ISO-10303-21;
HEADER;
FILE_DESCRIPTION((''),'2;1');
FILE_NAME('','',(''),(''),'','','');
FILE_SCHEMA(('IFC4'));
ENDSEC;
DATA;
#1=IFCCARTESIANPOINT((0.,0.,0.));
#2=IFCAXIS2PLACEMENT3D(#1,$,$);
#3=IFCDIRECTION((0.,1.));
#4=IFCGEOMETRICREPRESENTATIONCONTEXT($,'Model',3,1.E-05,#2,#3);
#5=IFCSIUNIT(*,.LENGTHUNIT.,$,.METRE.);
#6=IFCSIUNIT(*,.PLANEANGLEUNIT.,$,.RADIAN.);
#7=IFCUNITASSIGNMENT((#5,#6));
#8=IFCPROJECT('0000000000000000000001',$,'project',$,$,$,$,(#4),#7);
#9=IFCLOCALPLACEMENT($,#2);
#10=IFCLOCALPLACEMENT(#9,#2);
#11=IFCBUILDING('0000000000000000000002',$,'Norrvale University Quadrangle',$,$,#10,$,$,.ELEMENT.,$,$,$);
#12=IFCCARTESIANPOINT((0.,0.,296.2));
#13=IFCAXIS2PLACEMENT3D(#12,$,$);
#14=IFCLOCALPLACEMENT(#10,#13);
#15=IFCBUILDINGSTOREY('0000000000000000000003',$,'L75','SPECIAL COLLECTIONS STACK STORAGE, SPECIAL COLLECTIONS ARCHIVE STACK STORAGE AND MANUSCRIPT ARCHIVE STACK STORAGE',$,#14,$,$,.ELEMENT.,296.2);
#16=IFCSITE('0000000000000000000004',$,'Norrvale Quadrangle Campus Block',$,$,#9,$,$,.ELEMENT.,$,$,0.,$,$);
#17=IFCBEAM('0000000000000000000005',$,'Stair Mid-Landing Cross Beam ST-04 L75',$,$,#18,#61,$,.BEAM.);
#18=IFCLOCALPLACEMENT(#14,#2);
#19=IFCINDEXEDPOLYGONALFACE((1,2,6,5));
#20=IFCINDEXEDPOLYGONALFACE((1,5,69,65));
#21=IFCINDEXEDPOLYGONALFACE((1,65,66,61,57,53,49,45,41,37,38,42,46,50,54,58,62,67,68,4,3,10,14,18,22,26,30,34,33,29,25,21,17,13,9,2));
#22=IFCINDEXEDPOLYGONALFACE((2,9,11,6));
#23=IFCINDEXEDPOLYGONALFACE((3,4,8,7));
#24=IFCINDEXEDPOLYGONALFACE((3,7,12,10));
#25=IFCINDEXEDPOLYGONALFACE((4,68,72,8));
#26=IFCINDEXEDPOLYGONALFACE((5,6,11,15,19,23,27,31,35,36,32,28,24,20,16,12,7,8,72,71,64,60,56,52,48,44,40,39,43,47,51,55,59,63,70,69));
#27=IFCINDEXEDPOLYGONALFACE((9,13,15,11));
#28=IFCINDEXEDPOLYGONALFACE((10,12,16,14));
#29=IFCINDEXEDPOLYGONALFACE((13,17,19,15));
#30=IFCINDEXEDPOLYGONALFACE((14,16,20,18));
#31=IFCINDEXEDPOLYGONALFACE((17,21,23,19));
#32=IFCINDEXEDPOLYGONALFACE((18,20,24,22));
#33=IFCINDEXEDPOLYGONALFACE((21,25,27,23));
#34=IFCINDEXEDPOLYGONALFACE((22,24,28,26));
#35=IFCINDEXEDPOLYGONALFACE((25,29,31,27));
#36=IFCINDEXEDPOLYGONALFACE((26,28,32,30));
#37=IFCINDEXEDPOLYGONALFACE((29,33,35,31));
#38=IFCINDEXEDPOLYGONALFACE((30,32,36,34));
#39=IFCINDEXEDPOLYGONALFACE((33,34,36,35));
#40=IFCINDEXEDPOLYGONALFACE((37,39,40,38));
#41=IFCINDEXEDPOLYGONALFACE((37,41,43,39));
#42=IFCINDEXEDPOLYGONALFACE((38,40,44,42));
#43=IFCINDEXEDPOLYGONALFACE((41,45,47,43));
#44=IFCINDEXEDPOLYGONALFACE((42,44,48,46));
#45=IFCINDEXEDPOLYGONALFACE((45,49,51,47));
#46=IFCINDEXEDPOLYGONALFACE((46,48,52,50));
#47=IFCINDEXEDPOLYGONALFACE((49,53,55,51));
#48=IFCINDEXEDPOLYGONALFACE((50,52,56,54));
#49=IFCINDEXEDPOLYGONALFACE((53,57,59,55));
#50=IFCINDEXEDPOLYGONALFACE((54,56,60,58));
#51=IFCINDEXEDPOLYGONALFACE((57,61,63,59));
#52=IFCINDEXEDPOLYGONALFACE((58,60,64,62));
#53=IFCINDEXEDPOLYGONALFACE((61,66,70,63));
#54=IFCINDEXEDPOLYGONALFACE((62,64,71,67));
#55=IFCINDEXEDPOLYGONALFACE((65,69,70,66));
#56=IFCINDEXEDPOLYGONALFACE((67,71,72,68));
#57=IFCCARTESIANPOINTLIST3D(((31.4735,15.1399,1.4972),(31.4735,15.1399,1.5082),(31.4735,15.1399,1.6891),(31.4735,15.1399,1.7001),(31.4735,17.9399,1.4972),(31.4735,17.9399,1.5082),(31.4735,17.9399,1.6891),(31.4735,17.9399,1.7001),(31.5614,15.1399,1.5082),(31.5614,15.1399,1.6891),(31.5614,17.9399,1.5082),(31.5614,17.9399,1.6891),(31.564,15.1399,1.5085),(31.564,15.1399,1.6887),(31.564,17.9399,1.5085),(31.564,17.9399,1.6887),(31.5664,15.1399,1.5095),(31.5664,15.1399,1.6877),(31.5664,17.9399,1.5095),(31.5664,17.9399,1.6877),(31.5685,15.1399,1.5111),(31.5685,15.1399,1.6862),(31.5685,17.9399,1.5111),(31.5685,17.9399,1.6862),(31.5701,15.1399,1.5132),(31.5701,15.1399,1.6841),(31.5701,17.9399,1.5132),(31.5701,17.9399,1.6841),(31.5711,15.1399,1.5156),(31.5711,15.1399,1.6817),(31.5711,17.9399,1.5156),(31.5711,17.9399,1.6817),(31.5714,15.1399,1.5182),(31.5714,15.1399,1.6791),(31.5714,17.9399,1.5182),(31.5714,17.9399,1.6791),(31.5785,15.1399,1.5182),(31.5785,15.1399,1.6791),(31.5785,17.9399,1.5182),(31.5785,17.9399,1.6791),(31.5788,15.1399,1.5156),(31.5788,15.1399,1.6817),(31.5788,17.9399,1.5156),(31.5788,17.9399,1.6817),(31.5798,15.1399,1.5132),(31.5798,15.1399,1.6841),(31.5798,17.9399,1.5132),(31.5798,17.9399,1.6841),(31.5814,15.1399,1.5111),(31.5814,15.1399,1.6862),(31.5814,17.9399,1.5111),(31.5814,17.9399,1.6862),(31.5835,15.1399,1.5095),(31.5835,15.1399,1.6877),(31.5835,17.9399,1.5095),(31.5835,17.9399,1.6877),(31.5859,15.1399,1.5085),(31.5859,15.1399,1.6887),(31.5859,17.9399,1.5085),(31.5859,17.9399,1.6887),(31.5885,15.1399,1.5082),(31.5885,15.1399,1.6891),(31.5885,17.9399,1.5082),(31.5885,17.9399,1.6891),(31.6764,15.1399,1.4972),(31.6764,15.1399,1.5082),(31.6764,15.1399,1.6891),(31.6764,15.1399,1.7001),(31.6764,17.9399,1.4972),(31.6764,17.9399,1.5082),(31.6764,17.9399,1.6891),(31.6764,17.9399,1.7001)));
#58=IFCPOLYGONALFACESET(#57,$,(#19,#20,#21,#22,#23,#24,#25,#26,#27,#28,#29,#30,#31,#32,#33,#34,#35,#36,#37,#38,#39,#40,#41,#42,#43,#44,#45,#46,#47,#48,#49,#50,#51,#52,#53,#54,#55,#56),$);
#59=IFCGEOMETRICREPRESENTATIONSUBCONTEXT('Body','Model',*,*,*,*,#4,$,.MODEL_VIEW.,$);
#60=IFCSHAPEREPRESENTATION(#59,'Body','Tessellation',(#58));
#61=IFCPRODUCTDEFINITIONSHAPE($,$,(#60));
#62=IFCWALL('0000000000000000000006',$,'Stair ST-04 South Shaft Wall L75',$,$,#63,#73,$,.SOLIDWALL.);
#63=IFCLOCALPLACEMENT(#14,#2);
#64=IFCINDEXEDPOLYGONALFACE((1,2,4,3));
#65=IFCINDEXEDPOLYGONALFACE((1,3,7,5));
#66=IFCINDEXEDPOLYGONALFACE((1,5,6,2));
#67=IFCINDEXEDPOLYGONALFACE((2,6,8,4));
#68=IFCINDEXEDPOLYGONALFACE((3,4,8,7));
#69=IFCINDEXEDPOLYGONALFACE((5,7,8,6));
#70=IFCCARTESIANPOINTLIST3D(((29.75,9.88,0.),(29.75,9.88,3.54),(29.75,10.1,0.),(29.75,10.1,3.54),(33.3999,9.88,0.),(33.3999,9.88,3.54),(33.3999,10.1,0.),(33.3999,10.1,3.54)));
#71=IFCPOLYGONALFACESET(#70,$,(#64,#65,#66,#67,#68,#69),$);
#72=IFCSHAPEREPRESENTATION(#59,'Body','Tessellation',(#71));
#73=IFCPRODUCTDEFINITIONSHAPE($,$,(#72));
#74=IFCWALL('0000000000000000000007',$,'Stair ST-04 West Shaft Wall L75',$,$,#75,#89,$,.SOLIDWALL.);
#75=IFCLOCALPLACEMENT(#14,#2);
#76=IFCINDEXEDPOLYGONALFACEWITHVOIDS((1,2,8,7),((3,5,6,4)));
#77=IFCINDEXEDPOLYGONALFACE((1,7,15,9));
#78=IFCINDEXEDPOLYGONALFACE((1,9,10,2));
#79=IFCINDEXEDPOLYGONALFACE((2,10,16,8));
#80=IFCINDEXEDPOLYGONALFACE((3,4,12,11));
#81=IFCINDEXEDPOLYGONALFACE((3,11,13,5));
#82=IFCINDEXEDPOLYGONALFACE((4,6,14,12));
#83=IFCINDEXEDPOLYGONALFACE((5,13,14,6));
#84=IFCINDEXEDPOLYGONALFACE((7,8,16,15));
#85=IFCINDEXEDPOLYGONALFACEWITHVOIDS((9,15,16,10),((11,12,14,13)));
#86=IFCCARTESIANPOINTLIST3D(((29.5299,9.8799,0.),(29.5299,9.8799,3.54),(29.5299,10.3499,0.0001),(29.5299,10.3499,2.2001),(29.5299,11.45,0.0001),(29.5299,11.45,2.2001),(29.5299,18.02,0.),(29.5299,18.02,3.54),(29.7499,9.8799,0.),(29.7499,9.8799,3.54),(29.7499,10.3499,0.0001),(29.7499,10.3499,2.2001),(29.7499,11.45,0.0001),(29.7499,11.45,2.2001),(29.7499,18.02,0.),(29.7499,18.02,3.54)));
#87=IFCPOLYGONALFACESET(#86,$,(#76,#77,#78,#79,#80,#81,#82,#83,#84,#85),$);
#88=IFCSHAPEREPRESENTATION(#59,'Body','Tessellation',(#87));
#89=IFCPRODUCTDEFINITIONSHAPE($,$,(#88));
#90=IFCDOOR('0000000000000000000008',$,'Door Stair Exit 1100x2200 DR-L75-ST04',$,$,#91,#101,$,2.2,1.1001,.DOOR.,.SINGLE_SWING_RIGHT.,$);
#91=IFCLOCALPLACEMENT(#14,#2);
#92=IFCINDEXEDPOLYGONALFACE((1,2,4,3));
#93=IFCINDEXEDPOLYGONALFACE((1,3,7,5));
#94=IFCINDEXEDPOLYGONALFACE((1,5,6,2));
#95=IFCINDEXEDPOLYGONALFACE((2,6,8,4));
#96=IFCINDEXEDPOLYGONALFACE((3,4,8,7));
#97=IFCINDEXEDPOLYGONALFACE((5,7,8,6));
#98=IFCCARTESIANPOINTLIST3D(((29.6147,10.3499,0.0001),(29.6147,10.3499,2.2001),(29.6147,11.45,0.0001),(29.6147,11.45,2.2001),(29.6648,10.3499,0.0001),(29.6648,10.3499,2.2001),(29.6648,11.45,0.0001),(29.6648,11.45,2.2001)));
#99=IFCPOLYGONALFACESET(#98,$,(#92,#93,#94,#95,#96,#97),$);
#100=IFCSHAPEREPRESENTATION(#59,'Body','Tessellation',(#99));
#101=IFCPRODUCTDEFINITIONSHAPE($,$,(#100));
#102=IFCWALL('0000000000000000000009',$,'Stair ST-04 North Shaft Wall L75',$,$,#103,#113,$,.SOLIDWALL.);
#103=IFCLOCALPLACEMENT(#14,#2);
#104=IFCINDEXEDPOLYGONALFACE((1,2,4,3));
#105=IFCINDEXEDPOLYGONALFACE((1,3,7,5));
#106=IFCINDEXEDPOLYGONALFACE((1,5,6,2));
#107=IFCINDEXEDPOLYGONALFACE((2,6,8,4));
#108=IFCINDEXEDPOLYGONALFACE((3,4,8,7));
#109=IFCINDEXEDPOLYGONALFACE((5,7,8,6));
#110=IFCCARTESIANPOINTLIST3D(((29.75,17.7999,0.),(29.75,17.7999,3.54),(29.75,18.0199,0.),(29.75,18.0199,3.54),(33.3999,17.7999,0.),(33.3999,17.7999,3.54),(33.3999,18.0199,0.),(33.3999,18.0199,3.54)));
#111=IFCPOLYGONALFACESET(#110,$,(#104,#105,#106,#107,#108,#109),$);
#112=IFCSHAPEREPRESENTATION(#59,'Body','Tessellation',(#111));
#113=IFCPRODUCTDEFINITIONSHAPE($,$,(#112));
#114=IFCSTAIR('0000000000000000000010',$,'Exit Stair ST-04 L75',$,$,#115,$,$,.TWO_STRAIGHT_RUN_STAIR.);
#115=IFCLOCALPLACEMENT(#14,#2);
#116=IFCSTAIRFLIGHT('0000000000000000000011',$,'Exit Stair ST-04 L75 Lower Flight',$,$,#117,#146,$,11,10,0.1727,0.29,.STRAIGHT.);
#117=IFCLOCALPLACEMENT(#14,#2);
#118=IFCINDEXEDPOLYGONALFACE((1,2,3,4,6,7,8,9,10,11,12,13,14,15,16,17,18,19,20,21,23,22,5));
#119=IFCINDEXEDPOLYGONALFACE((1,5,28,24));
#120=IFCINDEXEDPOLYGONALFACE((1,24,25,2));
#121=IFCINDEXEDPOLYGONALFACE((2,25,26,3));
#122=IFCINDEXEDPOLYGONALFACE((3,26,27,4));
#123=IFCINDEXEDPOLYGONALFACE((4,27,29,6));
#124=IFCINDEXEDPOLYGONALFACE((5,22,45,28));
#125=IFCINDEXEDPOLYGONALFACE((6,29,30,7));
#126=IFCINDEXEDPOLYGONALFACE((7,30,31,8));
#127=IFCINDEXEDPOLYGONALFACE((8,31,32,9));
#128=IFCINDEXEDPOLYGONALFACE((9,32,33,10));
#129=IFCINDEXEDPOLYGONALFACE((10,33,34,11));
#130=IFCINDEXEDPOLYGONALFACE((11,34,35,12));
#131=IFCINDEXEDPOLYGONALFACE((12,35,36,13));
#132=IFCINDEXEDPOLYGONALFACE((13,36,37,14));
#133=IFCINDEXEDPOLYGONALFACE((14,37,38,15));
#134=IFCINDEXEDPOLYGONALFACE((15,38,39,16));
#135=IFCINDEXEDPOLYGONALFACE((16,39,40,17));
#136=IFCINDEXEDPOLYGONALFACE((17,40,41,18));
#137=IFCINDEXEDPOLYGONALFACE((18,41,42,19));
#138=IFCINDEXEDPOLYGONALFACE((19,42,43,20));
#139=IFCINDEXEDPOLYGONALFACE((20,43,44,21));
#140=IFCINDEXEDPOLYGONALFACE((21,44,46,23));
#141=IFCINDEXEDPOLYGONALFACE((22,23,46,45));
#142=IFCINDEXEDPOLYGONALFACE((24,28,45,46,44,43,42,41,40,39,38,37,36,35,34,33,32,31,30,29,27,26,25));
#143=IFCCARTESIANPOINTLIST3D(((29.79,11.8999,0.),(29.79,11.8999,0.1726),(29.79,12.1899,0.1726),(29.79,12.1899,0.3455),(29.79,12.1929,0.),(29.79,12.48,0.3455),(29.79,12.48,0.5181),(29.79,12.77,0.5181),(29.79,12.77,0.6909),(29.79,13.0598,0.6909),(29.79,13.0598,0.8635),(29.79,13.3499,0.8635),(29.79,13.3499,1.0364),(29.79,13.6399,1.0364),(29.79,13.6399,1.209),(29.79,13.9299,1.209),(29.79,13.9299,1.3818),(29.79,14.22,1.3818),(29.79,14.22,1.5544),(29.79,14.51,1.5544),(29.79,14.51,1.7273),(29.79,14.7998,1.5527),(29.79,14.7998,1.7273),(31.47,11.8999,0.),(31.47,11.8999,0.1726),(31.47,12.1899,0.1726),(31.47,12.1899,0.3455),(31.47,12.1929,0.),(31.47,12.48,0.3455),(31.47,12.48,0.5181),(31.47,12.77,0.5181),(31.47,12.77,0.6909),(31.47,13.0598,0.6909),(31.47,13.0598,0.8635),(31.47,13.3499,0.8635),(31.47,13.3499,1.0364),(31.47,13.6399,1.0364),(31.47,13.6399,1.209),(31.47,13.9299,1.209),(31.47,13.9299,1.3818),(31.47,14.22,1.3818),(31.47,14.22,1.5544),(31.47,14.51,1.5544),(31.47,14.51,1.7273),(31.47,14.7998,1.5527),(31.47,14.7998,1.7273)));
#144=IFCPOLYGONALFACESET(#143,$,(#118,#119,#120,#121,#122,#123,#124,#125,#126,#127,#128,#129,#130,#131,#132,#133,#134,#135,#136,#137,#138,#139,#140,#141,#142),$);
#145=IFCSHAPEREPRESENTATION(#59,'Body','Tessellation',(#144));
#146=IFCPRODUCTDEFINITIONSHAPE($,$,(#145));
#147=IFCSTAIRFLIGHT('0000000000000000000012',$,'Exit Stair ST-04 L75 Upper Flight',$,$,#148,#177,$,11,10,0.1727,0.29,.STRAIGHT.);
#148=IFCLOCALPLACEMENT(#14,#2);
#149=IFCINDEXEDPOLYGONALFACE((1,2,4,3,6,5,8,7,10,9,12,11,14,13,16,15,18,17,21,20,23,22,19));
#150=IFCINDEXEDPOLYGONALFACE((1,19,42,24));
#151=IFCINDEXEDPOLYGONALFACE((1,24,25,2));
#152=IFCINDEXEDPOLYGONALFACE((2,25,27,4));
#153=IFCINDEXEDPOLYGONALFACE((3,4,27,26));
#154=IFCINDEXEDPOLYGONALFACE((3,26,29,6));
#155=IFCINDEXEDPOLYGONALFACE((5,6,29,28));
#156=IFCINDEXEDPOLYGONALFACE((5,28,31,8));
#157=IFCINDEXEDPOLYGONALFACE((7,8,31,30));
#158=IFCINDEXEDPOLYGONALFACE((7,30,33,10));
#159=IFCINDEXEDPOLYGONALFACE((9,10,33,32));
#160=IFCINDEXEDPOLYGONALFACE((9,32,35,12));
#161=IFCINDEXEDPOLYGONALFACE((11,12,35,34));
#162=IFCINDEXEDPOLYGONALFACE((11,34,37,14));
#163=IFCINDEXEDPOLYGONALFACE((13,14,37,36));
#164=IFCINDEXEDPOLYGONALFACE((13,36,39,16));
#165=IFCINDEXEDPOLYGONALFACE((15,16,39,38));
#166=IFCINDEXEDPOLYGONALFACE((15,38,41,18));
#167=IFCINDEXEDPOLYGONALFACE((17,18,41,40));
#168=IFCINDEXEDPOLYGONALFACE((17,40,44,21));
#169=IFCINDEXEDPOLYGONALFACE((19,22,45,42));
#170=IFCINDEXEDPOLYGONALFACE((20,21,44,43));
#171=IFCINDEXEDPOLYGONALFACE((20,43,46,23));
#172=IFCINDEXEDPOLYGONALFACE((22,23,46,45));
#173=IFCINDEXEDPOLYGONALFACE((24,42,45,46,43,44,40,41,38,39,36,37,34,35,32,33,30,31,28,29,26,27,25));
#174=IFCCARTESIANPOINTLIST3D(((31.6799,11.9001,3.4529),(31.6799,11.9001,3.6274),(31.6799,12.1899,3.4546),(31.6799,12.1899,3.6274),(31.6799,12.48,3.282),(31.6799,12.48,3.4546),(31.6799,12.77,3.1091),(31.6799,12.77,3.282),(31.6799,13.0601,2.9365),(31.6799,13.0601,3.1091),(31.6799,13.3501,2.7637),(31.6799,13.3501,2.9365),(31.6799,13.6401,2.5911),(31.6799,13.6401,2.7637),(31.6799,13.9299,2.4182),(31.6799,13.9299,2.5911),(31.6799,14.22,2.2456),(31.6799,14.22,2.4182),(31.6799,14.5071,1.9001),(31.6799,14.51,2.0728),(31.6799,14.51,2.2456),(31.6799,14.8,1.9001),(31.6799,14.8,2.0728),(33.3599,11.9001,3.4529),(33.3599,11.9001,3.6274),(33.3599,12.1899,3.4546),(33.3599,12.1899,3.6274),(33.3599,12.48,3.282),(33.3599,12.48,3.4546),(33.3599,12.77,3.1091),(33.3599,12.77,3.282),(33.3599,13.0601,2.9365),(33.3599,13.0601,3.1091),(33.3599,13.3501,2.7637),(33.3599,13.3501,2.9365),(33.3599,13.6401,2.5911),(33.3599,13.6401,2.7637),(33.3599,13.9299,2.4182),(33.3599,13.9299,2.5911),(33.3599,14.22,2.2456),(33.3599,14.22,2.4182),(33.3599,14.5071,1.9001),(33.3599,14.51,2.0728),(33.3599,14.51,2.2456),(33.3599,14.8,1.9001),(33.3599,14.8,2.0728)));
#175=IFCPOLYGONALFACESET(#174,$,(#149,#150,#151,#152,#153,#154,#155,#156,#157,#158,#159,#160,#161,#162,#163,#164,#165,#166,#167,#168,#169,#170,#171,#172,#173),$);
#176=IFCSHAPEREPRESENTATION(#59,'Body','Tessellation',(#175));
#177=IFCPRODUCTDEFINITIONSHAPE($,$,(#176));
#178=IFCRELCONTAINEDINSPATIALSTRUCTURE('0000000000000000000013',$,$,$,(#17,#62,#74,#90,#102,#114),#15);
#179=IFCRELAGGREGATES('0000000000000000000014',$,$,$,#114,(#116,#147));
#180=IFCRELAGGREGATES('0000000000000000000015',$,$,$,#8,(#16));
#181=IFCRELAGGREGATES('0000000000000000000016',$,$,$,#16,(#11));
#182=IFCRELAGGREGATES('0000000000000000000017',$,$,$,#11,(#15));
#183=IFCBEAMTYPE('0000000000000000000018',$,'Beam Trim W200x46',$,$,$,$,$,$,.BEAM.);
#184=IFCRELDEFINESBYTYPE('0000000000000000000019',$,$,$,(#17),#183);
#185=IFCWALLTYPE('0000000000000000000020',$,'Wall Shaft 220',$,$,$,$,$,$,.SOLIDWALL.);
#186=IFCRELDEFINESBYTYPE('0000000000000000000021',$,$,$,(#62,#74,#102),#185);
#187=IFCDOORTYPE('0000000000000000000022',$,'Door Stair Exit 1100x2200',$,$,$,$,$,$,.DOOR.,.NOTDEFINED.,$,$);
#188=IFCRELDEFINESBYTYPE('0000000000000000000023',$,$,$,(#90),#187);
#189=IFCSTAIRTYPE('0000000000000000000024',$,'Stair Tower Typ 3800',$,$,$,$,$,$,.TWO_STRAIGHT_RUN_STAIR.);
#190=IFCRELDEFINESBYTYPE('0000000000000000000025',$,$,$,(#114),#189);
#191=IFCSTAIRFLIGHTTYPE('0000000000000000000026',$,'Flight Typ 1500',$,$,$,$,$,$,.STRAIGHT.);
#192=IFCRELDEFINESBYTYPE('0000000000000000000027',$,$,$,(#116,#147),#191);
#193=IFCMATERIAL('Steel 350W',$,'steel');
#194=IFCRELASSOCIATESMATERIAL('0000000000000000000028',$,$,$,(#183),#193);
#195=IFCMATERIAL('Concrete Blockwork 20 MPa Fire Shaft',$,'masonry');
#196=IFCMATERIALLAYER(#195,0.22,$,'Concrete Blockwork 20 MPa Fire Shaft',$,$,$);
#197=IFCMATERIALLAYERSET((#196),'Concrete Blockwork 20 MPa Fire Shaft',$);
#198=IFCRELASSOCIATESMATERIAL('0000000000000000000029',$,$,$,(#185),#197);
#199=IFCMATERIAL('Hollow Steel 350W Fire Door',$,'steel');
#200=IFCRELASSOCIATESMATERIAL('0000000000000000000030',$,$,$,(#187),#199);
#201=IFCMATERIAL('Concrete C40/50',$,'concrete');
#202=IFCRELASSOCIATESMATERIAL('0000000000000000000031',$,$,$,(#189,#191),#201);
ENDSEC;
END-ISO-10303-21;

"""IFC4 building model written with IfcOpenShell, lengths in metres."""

from ifc_helpers import new_model, si_unit, direction, frame, frame_2d, origin, origin_2d, place, context, subcontext, project, spatial, polyline, rectangle, i_section, outline, extrude, material, layer, layer_set, material_profile, profile_set, type_object, element, fill, aggregate, save


model = new_model("IFC4")

# Units and contexts
model_context = context("Model", 3, precision=1e-05, world=origin(), true_north=direction((0.0, 1.0)))
body_context = subcontext(model_context, "Body", "Model", "MODEL_VIEW")
ifc_project = project(units=[si_unit("LENGTHUNIT", "METRE"), si_unit("PLANEANGLEUNIT", "RADIAN")], contexts=[model_context])

# Site, building, storey
site_placement = place(None, origin())
site = spatial("IfcSite", under=ifc_project, at=site_placement, Name="Norrvale Quadrangle Campus Block", CompositionType="ELEMENT", RefElevation=0.0)
building_placement = place(site_placement, origin())
building = spatial("IfcBuilding", under=site, at=building_placement, Name="Norrvale University Quadrangle", CompositionType="ELEMENT")
storey_placement = place(building_placement, frame((0.0, 0.0, 296.2)))
storey = spatial("IfcBuildingStorey", under=building, at=storey_placement, Name="L75", Description="SPECIAL COLLECTIONS STACK STORAGE, SPECIAL COLLECTIONS ARCHIVE STACK STORAGE AND MANUSCRIPT ARCHIVE STACK STORAGE", CompositionType="ELEMENT", Elevation=296.2)

# Beam
ifc_material_1 = material(Name="Steel 350W", Category="steel")
ifc_material_profile_1 = material_profile(ifc_material_1, i_section(OverallWidth=0.2029, OverallDepth=0.2029, WebThickness=0.0071, FlangeThickness=0.011, FilletRadius=0.01, at=origin_2d()), Name="Steel 350W")
ifc_profile_set_1 = profile_set([ifc_material_profile_1], Name="Steel 350W")
beam_type_1 = type_object("IfcBeamType", Name="Beam Trim W200x46", PredefinedType="BEAM", material=ifc_profile_set_1)
beam_1_placement = place(storey_placement, frame((31.575, 15.1399, 1.5986), z_axis=(0.0, 1.0, 0.0), x_axis=(-1.0, 0.0, 0.0)))
element("IfcBeam", 1, at=beam_1_placement, inside=storey, type_object=beam_type_1, Name="Stair Mid-Landing Cross Beam ST-04 L75", PredefinedType="BEAM", context=body_context, shape_type="SweptSolid", body=[
    extrude(i_section(OverallWidth=0.2029, OverallDepth=0.2029, WebThickness=0.0071, FlangeThickness=0.011, FilletRadius=0.01, at=origin_2d()), origin(), (0.0, 0.0, 1.0), 2.8),
])

# Wall
ifc_material_2 = material(Name="Concrete Blockwork 20 MPa Fire Shaft", Category="masonry")
ifc_layer = layer(ifc_material_2, 0.22, Name="Concrete Blockwork 20 MPa Fire Shaft")
ifc_layer_set = layer_set([ifc_layer], Name="Concrete Blockwork 20 MPa Fire Shaft")
wall_type = type_object("IfcWallType", Name="Wall Shaft 220", PredefinedType="SOLIDWALL", material=ifc_layer_set)
wall_1_placement = place(storey_placement, frame((29.75, 9.99, 0.0), z_axis=(0.0, 0.0, 1.0), x_axis=(1.0, 0.0, 0.0)))
element("IfcWall", 2, at=wall_1_placement, inside=storey, type_object=wall_type, Name="Stair ST-04 South Shaft Wall L75", PredefinedType="SOLIDWALL", context=body_context, shape_type="SweptSolid", body=[
    extrude(rectangle(XDim=3.6499, YDim=0.22, at=frame_2d((1.825, 0.0))), origin(), (0.0, 0.0, 1.0), 3.54),
])

# Wall, opening, door
wall_2_placement = place(storey_placement, frame((29.6399, 9.8799, 0.0), z_axis=(0.0, 0.0, 1.0), x_axis=(0.0, 1.0, 0.0)))
wall_2 = element("IfcWall", 3, at=wall_2_placement, inside=storey, type_object=wall_type, Name="Stair ST-04 West Shaft Wall L75", PredefinedType="SOLIDWALL", context=body_context, shape_type="SweptSolid", body=[
    extrude(rectangle(XDim=8.1401, YDim=0.22, at=frame_2d((4.0701, 0.0))), origin(), (0.0, 0.0, 1.0), 3.54),
])
opening_placement = place(wall_2_placement, frame((0.47, 0.0, 0.0)))
opening = element("IfcOpeningElement", 4, at=opening_placement, cuts=wall_2, PredefinedType="OPENING", context=body_context, shape_type="SweptSolid", body=[
    extrude(rectangle(XDim=1.1001, YDim=2.2, at=frame_2d((0.55, 1.1001))), frame((0.0, 0.1221, 0.0), z_axis=(0.0, -1.0, 0.0), x_axis=(1.0, 0.0, 0.0)), (0.0, 0.0, 1.0), 0.2439),
])
ifc_material_3 = material(Name="Hollow Steel 350W Fire Door", Category="steel")
door_type = type_object("IfcDoorType", Name="Door Stair Exit 1100x2200", OperationType="NOTDEFINED", PredefinedType="DOOR", material=ifc_material_3)
door_placement = place(opening_placement, frame((1.1001, 0.0, 0.0), z_axis=(0.0, 0.0, 1.0), x_axis=(-1.0, 0.0, 0.0)))
door = element("IfcDoor", 5, at=door_placement, inside=storey, type_object=door_type, Name="Door Stair Exit 1100x2200 DR-L75-ST04", OperationType="SINGLE_SWING_RIGHT", OverallHeight=2.2, OverallWidth=1.1001, PredefinedType="DOOR", context=body_context, shape_type="SweptSolid", body=[
    extrude(rectangle(XDim=1.1001, YDim=2.2, at=frame_2d((0.55, 1.1001))), frame((0.0, 0.0249, 0.0), z_axis=(0.0, -1.0, 0.0), x_axis=(1.0, 0.0, 0.0)), (0.0, 0.0, 1.0), 0.05),
])
fill(opening, door)

# Wall
wall_3_placement = place(storey_placement, frame((29.75, 17.9099, 0.0), z_axis=(0.0, 0.0, 1.0), x_axis=(1.0, 0.0, 0.0)))
element("IfcWall", 6, at=wall_3_placement, inside=storey, type_object=wall_type, Name="Stair ST-04 North Shaft Wall L75", PredefinedType="SOLIDWALL", context=body_context, shape_type="SweptSolid", body=[
    extrude(rectangle(XDim=3.6499, YDim=0.22, at=frame_2d((1.825, 0.0))), origin(), (0.0, 0.0, 1.0), 3.54),
])

# Stair, stair flights
ifc_material_4 = material(Name="Concrete C40/50", Category="concrete")
stair_type = type_object("IfcStairType", Name="Stair Tower Typ 3800", PredefinedType="TWO_STRAIGHT_RUN_STAIR", material=ifc_material_4)
stair_placement = place(storey_placement, origin())
stair = element("IfcStair", 7, at=stair_placement, inside=storey, type_object=stair_type, Name="Exit Stair ST-04 L75", PredefinedType="TWO_STRAIGHT_RUN_STAIR")
stair_flight_type = type_object("IfcStairFlightType", Name="Flight Typ 1500", PredefinedType="STRAIGHT", material=ifc_material_4)
stair_flight_1_placement = place(storey_placement, frame((30.6299, 11.8999, 0.0), z_axis=(0.0, 0.0, 1.0), x_axis=(0.0, 1.0, 0.0)))
stair_flight_1 = element("IfcStairFlight", 8, at=stair_flight_1_placement, type_object=stair_flight_type, Name="Exit Stair ST-04 L75 Lower Flight", NumberOfRisers=11, NumberOfTreads=10, PredefinedType="STRAIGHT", RiserHeight=0.1727, TreadLength=0.29, context=body_context, shape_type="SweptSolid", body=[
    extrude(outline(polyline([(0.0, 0.0), (0.0, 0.1726), (0.29, 0.1726), (0.29, 0.3455), (0.5801, 0.3455), (0.5801, 0.5181), (0.8701, 0.5181), (0.8701, 0.6909), (1.1599, 0.6909), (1.1599, 0.8635), (1.45, 0.8635), (1.45, 1.0364), (1.74, 1.0364), (1.74, 1.209), (2.03, 1.209), (2.03, 1.3818), (2.3201, 1.3818), (2.3201, 1.5544), (2.6101, 1.5544), (2.6101, 1.7273), (2.8999, 1.7273), (2.8999, 1.8999), (2.8999, 1.5527), (0.293, 0.0), (0.0, 0.0)])), frame((0.0, 0.8398, 0.0), z_axis=(0.0, -1.0, 0.0), x_axis=(1.0, 0.0, 0.0)), (0.0, 0.0, 1.0), 1.6799),
])
stair_flight_2_placement = place(storey_placement, frame((32.52, 14.8, 1.9001), z_axis=(0.0, 0.0, 1.0), x_axis=(0.0, -1.0, 0.0)))
stair_flight_2 = element("IfcStairFlight", 9, at=stair_flight_2_placement, type_object=stair_flight_type, Name="Exit Stair ST-04 L75 Upper Flight", NumberOfRisers=11, NumberOfTreads=10, PredefinedType="STRAIGHT", RiserHeight=0.1727, TreadLength=0.29, context=body_context, shape_type="SweptSolid", body=[
    extrude(outline(polyline([(0.0, 0.0), (0.0, 0.1726), (0.29, 0.1726), (0.29, 0.3455), (0.5801, 0.3455), (0.5801, 0.5181), (0.8701, 0.5181), (0.8701, 0.6909), (1.1599, 0.6909), (1.1599, 0.8635), (1.45, 0.8635), (1.45, 1.0364), (1.74, 1.0364), (1.74, 1.209), (2.03, 1.209), (2.03, 1.3818), (2.3201, 1.3818), (2.3201, 1.5544), (2.6101, 1.5544), (2.6101, 1.7273), (2.8999, 1.7273), (2.8999, 1.8999), (2.8999, 1.5527), (0.293, 0.0), (0.0, 0.0)])), frame((0.0, 0.8398, 0.0), z_axis=(0.0, -1.0, 0.0), x_axis=(1.0, 0.0, 0.0)), (0.0, 0.0, 1.0), 1.6799),
])
aggregate(stair, [stair_flight_1, stair_flight_2])

save(model, "model.ifc")
